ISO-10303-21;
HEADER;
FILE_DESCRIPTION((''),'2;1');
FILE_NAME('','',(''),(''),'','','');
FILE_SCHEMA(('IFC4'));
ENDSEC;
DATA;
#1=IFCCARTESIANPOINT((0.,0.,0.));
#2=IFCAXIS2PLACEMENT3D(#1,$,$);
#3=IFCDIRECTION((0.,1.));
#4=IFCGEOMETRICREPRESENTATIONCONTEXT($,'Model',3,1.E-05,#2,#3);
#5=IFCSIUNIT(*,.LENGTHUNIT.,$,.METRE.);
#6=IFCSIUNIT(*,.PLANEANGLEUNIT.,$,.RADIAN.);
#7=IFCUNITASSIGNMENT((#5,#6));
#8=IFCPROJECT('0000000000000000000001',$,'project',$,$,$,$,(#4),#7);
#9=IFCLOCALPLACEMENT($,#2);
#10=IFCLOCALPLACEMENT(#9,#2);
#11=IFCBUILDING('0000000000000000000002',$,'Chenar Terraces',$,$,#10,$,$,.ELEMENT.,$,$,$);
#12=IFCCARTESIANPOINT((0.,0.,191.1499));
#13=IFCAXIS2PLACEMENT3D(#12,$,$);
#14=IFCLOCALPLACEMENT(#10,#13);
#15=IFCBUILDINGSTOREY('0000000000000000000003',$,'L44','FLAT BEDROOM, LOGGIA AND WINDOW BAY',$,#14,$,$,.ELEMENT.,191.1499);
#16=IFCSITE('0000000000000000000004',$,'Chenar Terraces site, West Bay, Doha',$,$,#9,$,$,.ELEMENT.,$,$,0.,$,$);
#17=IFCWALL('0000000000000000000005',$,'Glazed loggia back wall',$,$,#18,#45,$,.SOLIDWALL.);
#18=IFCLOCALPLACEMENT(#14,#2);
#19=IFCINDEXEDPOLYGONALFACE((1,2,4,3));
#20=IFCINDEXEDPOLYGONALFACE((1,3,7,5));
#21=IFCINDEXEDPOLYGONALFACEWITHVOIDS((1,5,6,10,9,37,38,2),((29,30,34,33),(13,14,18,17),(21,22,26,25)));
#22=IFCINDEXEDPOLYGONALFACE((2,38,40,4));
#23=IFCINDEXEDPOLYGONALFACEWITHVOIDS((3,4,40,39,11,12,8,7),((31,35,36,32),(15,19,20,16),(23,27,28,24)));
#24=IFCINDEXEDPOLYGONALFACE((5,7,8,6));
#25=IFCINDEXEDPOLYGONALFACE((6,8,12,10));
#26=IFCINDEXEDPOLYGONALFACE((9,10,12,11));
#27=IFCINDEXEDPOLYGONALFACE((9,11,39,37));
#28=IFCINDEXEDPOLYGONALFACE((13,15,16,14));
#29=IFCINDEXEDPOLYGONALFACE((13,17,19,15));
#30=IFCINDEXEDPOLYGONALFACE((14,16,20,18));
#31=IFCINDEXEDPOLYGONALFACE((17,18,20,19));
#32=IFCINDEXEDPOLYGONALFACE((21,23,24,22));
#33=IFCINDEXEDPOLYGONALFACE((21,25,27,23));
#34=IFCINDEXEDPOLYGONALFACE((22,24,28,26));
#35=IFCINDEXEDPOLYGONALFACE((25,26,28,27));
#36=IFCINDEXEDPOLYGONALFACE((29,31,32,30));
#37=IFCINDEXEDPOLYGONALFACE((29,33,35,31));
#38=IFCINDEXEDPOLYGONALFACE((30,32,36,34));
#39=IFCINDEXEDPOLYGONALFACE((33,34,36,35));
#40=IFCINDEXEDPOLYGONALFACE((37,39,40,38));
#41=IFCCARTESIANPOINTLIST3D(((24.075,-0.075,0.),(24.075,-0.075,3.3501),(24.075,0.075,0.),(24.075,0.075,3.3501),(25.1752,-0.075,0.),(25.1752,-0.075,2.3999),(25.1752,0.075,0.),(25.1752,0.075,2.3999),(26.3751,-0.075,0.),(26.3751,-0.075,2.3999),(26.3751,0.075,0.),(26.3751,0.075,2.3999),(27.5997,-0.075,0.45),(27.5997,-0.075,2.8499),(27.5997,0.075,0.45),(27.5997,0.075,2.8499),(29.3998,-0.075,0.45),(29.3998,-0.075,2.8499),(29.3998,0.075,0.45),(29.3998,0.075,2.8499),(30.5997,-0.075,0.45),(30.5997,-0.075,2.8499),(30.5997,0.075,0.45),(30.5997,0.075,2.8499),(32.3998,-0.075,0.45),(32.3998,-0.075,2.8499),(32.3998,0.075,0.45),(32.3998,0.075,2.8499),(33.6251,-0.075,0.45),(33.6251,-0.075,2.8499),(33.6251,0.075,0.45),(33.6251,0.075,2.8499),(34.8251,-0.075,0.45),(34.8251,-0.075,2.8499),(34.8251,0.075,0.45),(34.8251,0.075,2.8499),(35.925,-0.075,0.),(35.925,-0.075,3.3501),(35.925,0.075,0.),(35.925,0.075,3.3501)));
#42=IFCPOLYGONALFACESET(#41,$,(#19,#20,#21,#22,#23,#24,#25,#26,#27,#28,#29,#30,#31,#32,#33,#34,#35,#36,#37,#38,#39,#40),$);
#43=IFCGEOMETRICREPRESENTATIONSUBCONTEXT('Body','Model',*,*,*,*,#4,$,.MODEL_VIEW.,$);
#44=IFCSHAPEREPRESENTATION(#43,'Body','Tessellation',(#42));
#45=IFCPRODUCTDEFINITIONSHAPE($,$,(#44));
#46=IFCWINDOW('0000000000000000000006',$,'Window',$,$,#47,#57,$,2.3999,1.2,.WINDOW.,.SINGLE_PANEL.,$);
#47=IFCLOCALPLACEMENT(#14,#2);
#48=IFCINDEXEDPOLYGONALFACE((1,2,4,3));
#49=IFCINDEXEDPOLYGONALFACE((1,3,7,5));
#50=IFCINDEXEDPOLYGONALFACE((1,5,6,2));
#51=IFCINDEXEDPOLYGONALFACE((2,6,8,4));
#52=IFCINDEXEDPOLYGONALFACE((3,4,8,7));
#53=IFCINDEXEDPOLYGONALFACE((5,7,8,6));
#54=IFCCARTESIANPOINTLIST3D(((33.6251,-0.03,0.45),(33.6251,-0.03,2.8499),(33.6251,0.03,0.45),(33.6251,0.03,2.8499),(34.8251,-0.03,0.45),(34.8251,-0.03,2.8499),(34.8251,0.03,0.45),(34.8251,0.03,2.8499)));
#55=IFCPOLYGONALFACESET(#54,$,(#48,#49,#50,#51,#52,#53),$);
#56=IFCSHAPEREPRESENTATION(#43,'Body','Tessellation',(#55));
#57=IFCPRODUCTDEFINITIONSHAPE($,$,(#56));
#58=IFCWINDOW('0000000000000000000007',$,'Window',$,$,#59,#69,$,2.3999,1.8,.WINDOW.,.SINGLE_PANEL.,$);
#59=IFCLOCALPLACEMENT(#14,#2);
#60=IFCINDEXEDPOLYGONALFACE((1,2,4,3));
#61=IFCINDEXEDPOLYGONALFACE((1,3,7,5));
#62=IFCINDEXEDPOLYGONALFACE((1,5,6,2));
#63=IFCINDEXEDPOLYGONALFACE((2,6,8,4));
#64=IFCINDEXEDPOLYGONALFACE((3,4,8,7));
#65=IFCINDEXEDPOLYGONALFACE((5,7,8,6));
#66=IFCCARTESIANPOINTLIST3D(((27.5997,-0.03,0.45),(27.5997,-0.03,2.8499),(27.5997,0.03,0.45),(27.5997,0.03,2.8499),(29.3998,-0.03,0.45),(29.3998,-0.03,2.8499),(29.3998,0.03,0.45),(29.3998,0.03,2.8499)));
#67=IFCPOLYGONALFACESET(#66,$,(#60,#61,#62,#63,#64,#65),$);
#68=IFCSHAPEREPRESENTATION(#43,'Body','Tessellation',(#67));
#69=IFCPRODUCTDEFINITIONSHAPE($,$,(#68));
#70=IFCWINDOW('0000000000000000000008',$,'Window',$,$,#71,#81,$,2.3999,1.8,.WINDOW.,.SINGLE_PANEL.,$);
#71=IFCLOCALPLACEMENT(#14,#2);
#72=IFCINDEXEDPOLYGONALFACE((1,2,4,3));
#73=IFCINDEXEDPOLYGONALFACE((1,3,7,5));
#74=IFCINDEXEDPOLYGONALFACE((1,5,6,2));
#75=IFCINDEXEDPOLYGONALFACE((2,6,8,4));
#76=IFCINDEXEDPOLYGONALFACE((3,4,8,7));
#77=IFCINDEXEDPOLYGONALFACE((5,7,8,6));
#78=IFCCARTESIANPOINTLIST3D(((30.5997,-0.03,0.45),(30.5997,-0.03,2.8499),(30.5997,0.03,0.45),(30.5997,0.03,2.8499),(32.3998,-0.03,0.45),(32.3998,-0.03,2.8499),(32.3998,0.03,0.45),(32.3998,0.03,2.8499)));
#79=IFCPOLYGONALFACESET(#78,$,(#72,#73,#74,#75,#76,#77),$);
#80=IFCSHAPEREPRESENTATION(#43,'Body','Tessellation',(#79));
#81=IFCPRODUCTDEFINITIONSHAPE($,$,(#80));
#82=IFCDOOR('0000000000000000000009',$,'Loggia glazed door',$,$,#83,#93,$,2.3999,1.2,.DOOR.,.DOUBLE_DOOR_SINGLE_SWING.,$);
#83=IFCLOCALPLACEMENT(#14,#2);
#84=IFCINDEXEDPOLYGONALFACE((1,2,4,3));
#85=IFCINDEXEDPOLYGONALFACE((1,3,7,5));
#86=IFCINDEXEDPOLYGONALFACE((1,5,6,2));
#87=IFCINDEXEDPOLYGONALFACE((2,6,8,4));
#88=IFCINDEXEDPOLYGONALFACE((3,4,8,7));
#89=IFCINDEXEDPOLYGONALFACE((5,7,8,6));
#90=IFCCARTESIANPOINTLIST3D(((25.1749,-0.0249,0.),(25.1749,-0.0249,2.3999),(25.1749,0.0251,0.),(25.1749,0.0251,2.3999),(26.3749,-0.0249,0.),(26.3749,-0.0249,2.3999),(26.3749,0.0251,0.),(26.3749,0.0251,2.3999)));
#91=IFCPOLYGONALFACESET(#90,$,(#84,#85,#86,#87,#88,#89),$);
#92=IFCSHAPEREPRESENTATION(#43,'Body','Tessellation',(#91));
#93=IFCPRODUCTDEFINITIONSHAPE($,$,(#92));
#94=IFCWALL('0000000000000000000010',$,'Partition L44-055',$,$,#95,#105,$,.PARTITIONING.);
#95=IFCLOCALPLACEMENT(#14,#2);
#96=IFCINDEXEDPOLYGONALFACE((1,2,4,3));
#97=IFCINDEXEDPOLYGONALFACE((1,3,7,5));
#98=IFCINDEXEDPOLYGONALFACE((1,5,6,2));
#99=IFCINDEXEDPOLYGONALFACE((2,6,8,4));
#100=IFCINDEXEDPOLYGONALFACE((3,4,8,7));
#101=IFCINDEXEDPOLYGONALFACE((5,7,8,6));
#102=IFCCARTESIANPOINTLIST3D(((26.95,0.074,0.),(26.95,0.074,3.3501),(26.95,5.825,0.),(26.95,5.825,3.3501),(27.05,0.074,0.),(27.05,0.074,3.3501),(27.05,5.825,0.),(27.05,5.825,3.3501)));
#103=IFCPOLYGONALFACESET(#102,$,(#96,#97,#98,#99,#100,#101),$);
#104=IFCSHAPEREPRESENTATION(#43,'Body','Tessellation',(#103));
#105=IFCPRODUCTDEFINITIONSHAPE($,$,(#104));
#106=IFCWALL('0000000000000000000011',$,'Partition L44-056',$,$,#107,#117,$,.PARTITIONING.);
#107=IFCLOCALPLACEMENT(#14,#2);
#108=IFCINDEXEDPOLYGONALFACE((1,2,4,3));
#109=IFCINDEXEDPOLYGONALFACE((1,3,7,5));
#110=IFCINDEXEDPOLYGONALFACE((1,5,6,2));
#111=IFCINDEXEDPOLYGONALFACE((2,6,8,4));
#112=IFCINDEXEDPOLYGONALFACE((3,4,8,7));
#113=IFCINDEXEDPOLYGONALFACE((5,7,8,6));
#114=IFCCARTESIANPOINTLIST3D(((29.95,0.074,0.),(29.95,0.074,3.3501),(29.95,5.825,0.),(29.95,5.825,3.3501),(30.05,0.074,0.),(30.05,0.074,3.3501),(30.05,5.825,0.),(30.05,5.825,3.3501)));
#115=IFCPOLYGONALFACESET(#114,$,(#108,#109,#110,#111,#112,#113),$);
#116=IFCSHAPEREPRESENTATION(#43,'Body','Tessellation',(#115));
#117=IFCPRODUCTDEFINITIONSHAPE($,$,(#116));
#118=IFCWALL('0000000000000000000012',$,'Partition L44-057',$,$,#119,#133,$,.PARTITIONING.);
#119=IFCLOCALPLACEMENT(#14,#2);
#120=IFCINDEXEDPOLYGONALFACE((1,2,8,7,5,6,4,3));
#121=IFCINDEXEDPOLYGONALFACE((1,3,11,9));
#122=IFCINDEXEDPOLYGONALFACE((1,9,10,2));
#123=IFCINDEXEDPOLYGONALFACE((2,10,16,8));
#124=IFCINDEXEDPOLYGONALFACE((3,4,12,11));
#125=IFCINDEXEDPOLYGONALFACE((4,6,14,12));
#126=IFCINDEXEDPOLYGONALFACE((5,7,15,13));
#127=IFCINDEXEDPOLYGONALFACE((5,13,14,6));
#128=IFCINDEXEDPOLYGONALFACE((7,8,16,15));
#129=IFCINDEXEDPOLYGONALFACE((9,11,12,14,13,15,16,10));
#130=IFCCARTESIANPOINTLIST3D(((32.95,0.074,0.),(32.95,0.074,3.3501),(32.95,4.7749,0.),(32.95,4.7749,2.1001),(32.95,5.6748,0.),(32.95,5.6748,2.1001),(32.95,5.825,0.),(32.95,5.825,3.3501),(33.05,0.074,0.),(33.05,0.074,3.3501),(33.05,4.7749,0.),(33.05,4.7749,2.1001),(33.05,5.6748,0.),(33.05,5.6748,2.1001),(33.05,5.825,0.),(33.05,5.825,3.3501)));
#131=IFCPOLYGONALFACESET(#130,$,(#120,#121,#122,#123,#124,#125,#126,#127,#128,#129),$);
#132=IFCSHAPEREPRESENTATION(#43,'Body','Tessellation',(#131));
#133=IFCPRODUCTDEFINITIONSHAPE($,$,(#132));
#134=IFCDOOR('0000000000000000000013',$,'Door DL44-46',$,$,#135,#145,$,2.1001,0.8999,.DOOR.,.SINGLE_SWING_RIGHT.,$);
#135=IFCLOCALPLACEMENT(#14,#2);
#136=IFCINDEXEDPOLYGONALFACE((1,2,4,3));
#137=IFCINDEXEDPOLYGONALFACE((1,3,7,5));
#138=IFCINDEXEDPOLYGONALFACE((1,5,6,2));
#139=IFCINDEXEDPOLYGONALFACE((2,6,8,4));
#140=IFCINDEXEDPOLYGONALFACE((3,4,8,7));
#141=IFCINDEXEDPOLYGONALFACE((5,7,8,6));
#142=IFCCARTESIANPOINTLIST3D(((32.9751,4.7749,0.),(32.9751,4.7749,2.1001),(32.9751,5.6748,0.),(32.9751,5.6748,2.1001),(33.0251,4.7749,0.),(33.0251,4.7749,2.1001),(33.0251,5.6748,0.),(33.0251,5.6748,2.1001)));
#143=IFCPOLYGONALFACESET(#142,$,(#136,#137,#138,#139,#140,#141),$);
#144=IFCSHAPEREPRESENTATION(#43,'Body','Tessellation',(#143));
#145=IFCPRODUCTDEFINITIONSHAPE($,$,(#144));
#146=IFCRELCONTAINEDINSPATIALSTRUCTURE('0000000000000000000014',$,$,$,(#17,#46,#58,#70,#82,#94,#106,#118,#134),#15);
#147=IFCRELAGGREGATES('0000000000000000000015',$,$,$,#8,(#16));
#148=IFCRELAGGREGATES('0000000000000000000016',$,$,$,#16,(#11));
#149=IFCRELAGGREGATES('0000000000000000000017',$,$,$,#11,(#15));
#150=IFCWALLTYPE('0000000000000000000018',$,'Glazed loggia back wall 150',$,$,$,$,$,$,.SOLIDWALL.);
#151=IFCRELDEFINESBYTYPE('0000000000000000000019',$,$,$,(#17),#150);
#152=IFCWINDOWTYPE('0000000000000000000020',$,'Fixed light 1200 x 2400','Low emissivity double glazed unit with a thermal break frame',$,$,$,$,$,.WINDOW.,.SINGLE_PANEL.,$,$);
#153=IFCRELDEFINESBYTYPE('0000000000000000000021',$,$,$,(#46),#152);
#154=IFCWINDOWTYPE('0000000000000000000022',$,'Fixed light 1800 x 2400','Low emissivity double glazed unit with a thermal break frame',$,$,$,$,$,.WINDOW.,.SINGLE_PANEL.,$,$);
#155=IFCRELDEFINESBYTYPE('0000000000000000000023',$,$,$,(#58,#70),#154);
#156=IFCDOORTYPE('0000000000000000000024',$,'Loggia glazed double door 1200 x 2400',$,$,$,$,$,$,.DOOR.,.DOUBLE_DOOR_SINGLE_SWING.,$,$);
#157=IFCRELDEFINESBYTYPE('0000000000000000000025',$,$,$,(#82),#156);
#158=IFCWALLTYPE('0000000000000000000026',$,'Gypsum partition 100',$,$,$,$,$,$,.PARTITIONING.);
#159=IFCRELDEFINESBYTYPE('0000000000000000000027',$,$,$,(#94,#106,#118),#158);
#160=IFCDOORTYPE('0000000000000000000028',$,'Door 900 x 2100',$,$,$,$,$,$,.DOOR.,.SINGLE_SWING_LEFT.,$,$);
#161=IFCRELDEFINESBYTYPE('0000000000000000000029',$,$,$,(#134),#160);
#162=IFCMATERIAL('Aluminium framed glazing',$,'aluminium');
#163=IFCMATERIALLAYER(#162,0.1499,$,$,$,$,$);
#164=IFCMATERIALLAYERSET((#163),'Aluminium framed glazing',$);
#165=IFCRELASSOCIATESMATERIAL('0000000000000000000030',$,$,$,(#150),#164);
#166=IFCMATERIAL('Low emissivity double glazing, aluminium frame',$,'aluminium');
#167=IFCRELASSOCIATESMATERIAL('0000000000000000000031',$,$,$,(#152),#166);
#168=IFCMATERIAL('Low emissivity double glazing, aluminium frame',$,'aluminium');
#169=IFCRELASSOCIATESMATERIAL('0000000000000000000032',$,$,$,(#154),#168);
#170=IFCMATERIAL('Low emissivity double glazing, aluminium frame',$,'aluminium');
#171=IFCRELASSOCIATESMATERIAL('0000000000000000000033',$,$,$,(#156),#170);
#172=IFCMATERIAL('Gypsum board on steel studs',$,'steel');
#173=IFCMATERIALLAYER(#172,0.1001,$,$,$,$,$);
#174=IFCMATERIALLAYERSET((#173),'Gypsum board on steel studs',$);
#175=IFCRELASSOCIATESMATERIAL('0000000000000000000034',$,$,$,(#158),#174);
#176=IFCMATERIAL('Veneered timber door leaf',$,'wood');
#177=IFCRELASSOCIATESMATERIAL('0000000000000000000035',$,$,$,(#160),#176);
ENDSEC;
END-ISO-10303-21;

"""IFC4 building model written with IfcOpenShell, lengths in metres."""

from ifc_helpers import new_model, si_unit, direction, frame, frame_2d, origin, place, context, subcontext, project, spatial, rectangle, extrude, material, layer, layer_set, type_object, element, fill, save


model = new_model("IFC4")

# Units and contexts
model_context = context("Model", 3, precision=1e-05, world=origin(), true_north=direction((0.0, 1.0)))
body_context = subcontext(model_context, "Body", "Model", "MODEL_VIEW")
ifc_project = project(units=[si_unit("LENGTHUNIT", "METRE"), si_unit("PLANEANGLEUNIT", "RADIAN")], contexts=[model_context])

# Site, building, storey
site_placement = place(None, origin())
site = spatial("IfcSite", under=ifc_project, at=site_placement, Name="Chenar Terraces site, West Bay, Doha", CompositionType="ELEMENT", RefElevation=0.0)
building_placement = place(site_placement, origin())
building = spatial("IfcBuilding", under=site, at=building_placement, Name="Chenar Terraces", CompositionType="ELEMENT")
storey_placement = place(building_placement, frame((0.0, 0.0, 191.1499)))
storey = spatial("IfcBuildingStorey", under=building, at=storey_placement, Name="L44", Description="FLAT BEDROOM, LOGGIA AND WINDOW BAY", CompositionType="ELEMENT", Elevation=191.1499)

# Wall, openings, windows, door
ifc_material_1 = material(Name="Aluminium framed glazing", Category="aluminium")
ifc_layer_1 = layer(ifc_material_1, 0.1499)
ifc_layer_set_1 = layer_set([ifc_layer_1], Name="Aluminium framed glazing")
wall_type_1 = type_object("IfcWallType", Name="Glazed loggia back wall 150", PredefinedType="SOLIDWALL", material=ifc_layer_set_1)
wall_1_placement = place(storey_placement, frame((24.075, 0.0, 0.0), z_axis=(0.0, 0.0, 1.0), x_axis=(1.0, 0.0, 0.0)))
wall_1 = element("IfcWall", 1, at=wall_1_placement, inside=storey, type_object=wall_type_1, Name="Glazed loggia back wall", PredefinedType="SOLIDWALL", context=body_context, shape_type="SweptSolid", body=[
    extrude(rectangle(XDim=11.8501, YDim=0.1499, at=frame_2d((5.925, 0.0))), origin(), (0.0, 0.0, 1.0), 3.3501),
])
opening_1_placement = place(wall_1_placement, frame((1.1001, 0.0, 0.0)))
opening_1 = element("IfcOpeningElement", 2, at=opening_1_placement, cuts=wall_1, PredefinedType="OPENING", context=body_context, shape_type="SweptSolid", body=[
    extrude(rectangle(XDim=1.2, YDim=2.3999, at=frame_2d((0.6001, 1.2))), frame((0.0, 0.085, 0.0), z_axis=(0.0, -1.0, 0.0), x_axis=(1.0, 0.0, 0.0)), (0.0, 0.0, 1.0), 0.1699),
])
opening_2_placement = place(wall_1_placement, frame((3.5249, 0.0, 0.45)))
opening_2 = element("IfcOpeningElement", 3, at=opening_2_placement, cuts=wall_1, PredefinedType="OPENING", context=body_context, shape_type="SweptSolid", body=[
    extrude(rectangle(XDim=1.8, YDim=2.3999, at=frame_2d((0.8999, 1.2))), frame((0.0, 0.085, 0.0), z_axis=(0.0, -1.0, 0.0), x_axis=(1.0, 0.0, 0.0)), (0.0, 0.0, 1.0), 0.1699),
])
opening_3_placement = place(wall_1_placement, frame((6.5249, 0.0, 0.45)))
opening_3 = element("IfcOpeningElement", 4, at=opening_3_placement, cuts=wall_1, PredefinedType="OPENING", context=body_context, shape_type="SweptSolid", body=[
    extrude(rectangle(XDim=1.8, YDim=2.3999, at=frame_2d((0.8999, 1.2))), frame((0.0, 0.085, 0.0), z_axis=(0.0, -1.0, 0.0), x_axis=(1.0, 0.0, 0.0)), (0.0, 0.0, 1.0), 0.1699),
])
opening_4_placement = place(wall_1_placement, frame((9.55, 0.0, 0.45)))
opening_4 = element("IfcOpeningElement", 5, at=opening_4_placement, cuts=wall_1, PredefinedType="OPENING", context=body_context, shape_type="SweptSolid", body=[
    extrude(rectangle(XDim=1.2, YDim=2.3999, at=frame_2d((0.6001, 1.2))), frame((0.0, 0.085, 0.0), z_axis=(0.0, -1.0, 0.0), x_axis=(1.0, 0.0, 0.0)), (0.0, 0.0, 1.0), 0.1699),
])
ifc_material_2 = material(Name="Low emissivity double glazing, aluminium frame", Category="aluminium")
window_type_1 = type_object("IfcWindowType", Name="Fixed light 1200 x 2400", Description="Low emissivity double glazed unit with a thermal break frame", PartitioningType="SINGLE_PANEL", PredefinedType="WINDOW", material=ifc_material_2)
window_1_placement = place(opening_4_placement, origin())
window_1 = element("IfcWindow", 6, at=window_1_placement, inside=storey, type_object=window_type_1, Name="Window", OverallHeight=2.3999, OverallWidth=1.2, PartitioningType="SINGLE_PANEL", PredefinedType="WINDOW", context=body_context, shape_type="SweptSolid", body=[
    extrude(rectangle(XDim=1.2, YDim=2.3999, at=frame_2d((0.6001, 1.2))), frame((0.0, 0.03, 0.0), z_axis=(0.0, -1.0, 0.0), x_axis=(1.0, 0.0, 0.0)), (0.0, 0.0, 1.0), 0.0601),
])
fill(opening_4, window_1)
ifc_material_3 = material(Name="Low emissivity double glazing, aluminium frame", Category="aluminium")
window_type_2 = type_object("IfcWindowType", Name="Fixed light 1800 x 2400", Description="Low emissivity double glazed unit with a thermal break frame", PartitioningType="SINGLE_PANEL", PredefinedType="WINDOW", material=ifc_material_3)
window_2_placement = place(opening_2_placement, origin())
window_2 = element("IfcWindow", 7, at=window_2_placement, inside=storey, type_object=window_type_2, Name="Window", OverallHeight=2.3999, OverallWidth=1.8, PartitioningType="SINGLE_PANEL", PredefinedType="WINDOW", context=body_context, shape_type="SweptSolid", body=[
    extrude(rectangle(XDim=1.8, YDim=2.3999, at=frame_2d((0.8999, 1.2))), frame((0.0, 0.03, 0.0), z_axis=(0.0, -1.0, 0.0), x_axis=(1.0, 0.0, 0.0)), (0.0, 0.0, 1.0), 0.0601),
])
fill(opening_2, window_2)
window_3_placement = place(opening_3_placement, origin())
window_3 = element("IfcWindow", 8, at=window_3_placement, inside=storey, type_object=window_type_2, Name="Window", OverallHeight=2.3999, OverallWidth=1.8, PartitioningType="SINGLE_PANEL", PredefinedType="WINDOW", context=body_context, shape_type="SweptSolid", body=[
    extrude(rectangle(XDim=1.8, YDim=2.3999, at=frame_2d((0.8999, 1.2))), frame((0.0, 0.03, 0.0), z_axis=(0.0, -1.0, 0.0), x_axis=(1.0, 0.0, 0.0)), (0.0, 0.0, 1.0), 0.0601),
])
fill(opening_3, window_3)
ifc_material_4 = material(Name="Low emissivity double glazing, aluminium frame", Category="aluminium")
door_type_1 = type_object("IfcDoorType", Name="Loggia glazed double door 1200 x 2400", OperationType="DOUBLE_DOOR_SINGLE_SWING", PredefinedType="DOOR", material=ifc_material_4)
door_1_placement = place(opening_1_placement, frame((1.2, 0.0, 0.0), z_axis=(0.0, 0.0, 1.0), x_axis=(-1.0, 0.0, 0.0)))
door_1 = element("IfcDoor", 9, at=door_1_placement, inside=storey, type_object=door_type_1, Name="Loggia glazed door", OperationType="DOUBLE_DOOR_SINGLE_SWING", OverallHeight=2.3999, OverallWidth=1.2, PredefinedType="DOOR", context=body_context, shape_type="SweptSolid", body=[
    extrude(rectangle(XDim=1.2, YDim=2.3999, at=frame_2d((0.6001, 1.2))), frame((0.0, 0.0249, 0.0), z_axis=(0.0, -1.0, 0.0), x_axis=(1.0, 0.0, 0.0)), (0.0, 0.0, 1.0), 0.05),
])
fill(opening_1, door_1)

# Walls
ifc_material_5 = material(Name="Gypsum board on steel studs", Category="steel")
ifc_layer_2 = layer(ifc_material_5, 0.1001)
ifc_layer_set_2 = layer_set([ifc_layer_2], Name="Gypsum board on steel studs")
wall_type_2 = type_object("IfcWallType", Name="Gypsum partition 100", PredefinedType="PARTITIONING", material=ifc_layer_set_2)
for number, where, z_axis, x_axis, name in (
    (10, (27.0, 0.074, 0.0), (0.0, 0.0, 1.0), (0.0, 1.0, 0.0), "Partition L44-055"),
    (11, (30.0, 0.074, 0.0), (0.0, 0.0, 1.0), (0.0, 1.0, 0.0), "Partition L44-056"),
):
    element("IfcWall", number, at=place(storey_placement, frame(where, z_axis=z_axis, x_axis=x_axis)), inside=storey, type_object=wall_type_2, Name=name, PredefinedType="PARTITIONING", context=body_context, shape_type="SweptSolid", body=[
        extrude(rectangle(XDim=5.751, YDim=0.1001, at=frame_2d((2.8755, 0.0))), origin(), (0.0, 0.0, 1.0), 3.3501),
    ])

# Wall, opening, door
wall_2_placement = place(storey_placement, frame((33.0, 0.074, 0.0), z_axis=(0.0, 0.0, 1.0), x_axis=(0.0, 1.0, 0.0)))
wall_2 = element("IfcWall", 12, at=wall_2_placement, inside=storey, type_object=wall_type_2, Name="Partition L44-057", PredefinedType="PARTITIONING", context=body_context, shape_type="SweptSolid", body=[
    extrude(rectangle(XDim=5.751, YDim=0.1001, at=frame_2d((2.8755, 0.0))), origin(), (0.0, 0.0, 1.0), 3.3501),
])
opening_5_placement = place(wall_2_placement, frame((4.7009, 0.0, 0.0)))
opening_5 = element("IfcOpeningElement", 13, at=opening_5_placement, cuts=wall_2, PredefinedType="OPENING", context=body_context, shape_type="SweptSolid", body=[
    extrude(rectangle(XDim=0.8999, YDim=2.1001, at=frame_2d((0.45, 1.05))), frame((0.0, 0.0601, 0.0), z_axis=(0.0, -1.0, 0.0), x_axis=(1.0, 0.0, 0.0)), (0.0, 0.0, 1.0), 0.1201),
])
ifc_material_6 = material(Name="Veneered timber door leaf", Category="wood")
door_type_2 = type_object("IfcDoorType", Name="Door 900 x 2100", OperationType="SINGLE_SWING_LEFT", PredefinedType="DOOR", material=ifc_material_6)
door_2_placement = place(opening_5_placement, origin())
door_2 = element("IfcDoor", 14, at=door_2_placement, inside=storey, type_object=door_type_2, Name="Door DL44-46", OperationType="SINGLE_SWING_RIGHT", OverallHeight=2.1001, OverallWidth=0.8999, PredefinedType="DOOR", context=body_context, shape_type="SweptSolid", body=[
    extrude(rectangle(XDim=0.8999, YDim=2.1001, at=frame_2d((0.45, 1.05))), frame((0.0, 0.0249, 0.0), z_axis=(0.0, -1.0, 0.0), x_axis=(1.0, 0.0, 0.0)), (0.0, 0.0, 1.0), 0.05),
])
fill(opening_5, door_2)

save(model, "model.ifc")
